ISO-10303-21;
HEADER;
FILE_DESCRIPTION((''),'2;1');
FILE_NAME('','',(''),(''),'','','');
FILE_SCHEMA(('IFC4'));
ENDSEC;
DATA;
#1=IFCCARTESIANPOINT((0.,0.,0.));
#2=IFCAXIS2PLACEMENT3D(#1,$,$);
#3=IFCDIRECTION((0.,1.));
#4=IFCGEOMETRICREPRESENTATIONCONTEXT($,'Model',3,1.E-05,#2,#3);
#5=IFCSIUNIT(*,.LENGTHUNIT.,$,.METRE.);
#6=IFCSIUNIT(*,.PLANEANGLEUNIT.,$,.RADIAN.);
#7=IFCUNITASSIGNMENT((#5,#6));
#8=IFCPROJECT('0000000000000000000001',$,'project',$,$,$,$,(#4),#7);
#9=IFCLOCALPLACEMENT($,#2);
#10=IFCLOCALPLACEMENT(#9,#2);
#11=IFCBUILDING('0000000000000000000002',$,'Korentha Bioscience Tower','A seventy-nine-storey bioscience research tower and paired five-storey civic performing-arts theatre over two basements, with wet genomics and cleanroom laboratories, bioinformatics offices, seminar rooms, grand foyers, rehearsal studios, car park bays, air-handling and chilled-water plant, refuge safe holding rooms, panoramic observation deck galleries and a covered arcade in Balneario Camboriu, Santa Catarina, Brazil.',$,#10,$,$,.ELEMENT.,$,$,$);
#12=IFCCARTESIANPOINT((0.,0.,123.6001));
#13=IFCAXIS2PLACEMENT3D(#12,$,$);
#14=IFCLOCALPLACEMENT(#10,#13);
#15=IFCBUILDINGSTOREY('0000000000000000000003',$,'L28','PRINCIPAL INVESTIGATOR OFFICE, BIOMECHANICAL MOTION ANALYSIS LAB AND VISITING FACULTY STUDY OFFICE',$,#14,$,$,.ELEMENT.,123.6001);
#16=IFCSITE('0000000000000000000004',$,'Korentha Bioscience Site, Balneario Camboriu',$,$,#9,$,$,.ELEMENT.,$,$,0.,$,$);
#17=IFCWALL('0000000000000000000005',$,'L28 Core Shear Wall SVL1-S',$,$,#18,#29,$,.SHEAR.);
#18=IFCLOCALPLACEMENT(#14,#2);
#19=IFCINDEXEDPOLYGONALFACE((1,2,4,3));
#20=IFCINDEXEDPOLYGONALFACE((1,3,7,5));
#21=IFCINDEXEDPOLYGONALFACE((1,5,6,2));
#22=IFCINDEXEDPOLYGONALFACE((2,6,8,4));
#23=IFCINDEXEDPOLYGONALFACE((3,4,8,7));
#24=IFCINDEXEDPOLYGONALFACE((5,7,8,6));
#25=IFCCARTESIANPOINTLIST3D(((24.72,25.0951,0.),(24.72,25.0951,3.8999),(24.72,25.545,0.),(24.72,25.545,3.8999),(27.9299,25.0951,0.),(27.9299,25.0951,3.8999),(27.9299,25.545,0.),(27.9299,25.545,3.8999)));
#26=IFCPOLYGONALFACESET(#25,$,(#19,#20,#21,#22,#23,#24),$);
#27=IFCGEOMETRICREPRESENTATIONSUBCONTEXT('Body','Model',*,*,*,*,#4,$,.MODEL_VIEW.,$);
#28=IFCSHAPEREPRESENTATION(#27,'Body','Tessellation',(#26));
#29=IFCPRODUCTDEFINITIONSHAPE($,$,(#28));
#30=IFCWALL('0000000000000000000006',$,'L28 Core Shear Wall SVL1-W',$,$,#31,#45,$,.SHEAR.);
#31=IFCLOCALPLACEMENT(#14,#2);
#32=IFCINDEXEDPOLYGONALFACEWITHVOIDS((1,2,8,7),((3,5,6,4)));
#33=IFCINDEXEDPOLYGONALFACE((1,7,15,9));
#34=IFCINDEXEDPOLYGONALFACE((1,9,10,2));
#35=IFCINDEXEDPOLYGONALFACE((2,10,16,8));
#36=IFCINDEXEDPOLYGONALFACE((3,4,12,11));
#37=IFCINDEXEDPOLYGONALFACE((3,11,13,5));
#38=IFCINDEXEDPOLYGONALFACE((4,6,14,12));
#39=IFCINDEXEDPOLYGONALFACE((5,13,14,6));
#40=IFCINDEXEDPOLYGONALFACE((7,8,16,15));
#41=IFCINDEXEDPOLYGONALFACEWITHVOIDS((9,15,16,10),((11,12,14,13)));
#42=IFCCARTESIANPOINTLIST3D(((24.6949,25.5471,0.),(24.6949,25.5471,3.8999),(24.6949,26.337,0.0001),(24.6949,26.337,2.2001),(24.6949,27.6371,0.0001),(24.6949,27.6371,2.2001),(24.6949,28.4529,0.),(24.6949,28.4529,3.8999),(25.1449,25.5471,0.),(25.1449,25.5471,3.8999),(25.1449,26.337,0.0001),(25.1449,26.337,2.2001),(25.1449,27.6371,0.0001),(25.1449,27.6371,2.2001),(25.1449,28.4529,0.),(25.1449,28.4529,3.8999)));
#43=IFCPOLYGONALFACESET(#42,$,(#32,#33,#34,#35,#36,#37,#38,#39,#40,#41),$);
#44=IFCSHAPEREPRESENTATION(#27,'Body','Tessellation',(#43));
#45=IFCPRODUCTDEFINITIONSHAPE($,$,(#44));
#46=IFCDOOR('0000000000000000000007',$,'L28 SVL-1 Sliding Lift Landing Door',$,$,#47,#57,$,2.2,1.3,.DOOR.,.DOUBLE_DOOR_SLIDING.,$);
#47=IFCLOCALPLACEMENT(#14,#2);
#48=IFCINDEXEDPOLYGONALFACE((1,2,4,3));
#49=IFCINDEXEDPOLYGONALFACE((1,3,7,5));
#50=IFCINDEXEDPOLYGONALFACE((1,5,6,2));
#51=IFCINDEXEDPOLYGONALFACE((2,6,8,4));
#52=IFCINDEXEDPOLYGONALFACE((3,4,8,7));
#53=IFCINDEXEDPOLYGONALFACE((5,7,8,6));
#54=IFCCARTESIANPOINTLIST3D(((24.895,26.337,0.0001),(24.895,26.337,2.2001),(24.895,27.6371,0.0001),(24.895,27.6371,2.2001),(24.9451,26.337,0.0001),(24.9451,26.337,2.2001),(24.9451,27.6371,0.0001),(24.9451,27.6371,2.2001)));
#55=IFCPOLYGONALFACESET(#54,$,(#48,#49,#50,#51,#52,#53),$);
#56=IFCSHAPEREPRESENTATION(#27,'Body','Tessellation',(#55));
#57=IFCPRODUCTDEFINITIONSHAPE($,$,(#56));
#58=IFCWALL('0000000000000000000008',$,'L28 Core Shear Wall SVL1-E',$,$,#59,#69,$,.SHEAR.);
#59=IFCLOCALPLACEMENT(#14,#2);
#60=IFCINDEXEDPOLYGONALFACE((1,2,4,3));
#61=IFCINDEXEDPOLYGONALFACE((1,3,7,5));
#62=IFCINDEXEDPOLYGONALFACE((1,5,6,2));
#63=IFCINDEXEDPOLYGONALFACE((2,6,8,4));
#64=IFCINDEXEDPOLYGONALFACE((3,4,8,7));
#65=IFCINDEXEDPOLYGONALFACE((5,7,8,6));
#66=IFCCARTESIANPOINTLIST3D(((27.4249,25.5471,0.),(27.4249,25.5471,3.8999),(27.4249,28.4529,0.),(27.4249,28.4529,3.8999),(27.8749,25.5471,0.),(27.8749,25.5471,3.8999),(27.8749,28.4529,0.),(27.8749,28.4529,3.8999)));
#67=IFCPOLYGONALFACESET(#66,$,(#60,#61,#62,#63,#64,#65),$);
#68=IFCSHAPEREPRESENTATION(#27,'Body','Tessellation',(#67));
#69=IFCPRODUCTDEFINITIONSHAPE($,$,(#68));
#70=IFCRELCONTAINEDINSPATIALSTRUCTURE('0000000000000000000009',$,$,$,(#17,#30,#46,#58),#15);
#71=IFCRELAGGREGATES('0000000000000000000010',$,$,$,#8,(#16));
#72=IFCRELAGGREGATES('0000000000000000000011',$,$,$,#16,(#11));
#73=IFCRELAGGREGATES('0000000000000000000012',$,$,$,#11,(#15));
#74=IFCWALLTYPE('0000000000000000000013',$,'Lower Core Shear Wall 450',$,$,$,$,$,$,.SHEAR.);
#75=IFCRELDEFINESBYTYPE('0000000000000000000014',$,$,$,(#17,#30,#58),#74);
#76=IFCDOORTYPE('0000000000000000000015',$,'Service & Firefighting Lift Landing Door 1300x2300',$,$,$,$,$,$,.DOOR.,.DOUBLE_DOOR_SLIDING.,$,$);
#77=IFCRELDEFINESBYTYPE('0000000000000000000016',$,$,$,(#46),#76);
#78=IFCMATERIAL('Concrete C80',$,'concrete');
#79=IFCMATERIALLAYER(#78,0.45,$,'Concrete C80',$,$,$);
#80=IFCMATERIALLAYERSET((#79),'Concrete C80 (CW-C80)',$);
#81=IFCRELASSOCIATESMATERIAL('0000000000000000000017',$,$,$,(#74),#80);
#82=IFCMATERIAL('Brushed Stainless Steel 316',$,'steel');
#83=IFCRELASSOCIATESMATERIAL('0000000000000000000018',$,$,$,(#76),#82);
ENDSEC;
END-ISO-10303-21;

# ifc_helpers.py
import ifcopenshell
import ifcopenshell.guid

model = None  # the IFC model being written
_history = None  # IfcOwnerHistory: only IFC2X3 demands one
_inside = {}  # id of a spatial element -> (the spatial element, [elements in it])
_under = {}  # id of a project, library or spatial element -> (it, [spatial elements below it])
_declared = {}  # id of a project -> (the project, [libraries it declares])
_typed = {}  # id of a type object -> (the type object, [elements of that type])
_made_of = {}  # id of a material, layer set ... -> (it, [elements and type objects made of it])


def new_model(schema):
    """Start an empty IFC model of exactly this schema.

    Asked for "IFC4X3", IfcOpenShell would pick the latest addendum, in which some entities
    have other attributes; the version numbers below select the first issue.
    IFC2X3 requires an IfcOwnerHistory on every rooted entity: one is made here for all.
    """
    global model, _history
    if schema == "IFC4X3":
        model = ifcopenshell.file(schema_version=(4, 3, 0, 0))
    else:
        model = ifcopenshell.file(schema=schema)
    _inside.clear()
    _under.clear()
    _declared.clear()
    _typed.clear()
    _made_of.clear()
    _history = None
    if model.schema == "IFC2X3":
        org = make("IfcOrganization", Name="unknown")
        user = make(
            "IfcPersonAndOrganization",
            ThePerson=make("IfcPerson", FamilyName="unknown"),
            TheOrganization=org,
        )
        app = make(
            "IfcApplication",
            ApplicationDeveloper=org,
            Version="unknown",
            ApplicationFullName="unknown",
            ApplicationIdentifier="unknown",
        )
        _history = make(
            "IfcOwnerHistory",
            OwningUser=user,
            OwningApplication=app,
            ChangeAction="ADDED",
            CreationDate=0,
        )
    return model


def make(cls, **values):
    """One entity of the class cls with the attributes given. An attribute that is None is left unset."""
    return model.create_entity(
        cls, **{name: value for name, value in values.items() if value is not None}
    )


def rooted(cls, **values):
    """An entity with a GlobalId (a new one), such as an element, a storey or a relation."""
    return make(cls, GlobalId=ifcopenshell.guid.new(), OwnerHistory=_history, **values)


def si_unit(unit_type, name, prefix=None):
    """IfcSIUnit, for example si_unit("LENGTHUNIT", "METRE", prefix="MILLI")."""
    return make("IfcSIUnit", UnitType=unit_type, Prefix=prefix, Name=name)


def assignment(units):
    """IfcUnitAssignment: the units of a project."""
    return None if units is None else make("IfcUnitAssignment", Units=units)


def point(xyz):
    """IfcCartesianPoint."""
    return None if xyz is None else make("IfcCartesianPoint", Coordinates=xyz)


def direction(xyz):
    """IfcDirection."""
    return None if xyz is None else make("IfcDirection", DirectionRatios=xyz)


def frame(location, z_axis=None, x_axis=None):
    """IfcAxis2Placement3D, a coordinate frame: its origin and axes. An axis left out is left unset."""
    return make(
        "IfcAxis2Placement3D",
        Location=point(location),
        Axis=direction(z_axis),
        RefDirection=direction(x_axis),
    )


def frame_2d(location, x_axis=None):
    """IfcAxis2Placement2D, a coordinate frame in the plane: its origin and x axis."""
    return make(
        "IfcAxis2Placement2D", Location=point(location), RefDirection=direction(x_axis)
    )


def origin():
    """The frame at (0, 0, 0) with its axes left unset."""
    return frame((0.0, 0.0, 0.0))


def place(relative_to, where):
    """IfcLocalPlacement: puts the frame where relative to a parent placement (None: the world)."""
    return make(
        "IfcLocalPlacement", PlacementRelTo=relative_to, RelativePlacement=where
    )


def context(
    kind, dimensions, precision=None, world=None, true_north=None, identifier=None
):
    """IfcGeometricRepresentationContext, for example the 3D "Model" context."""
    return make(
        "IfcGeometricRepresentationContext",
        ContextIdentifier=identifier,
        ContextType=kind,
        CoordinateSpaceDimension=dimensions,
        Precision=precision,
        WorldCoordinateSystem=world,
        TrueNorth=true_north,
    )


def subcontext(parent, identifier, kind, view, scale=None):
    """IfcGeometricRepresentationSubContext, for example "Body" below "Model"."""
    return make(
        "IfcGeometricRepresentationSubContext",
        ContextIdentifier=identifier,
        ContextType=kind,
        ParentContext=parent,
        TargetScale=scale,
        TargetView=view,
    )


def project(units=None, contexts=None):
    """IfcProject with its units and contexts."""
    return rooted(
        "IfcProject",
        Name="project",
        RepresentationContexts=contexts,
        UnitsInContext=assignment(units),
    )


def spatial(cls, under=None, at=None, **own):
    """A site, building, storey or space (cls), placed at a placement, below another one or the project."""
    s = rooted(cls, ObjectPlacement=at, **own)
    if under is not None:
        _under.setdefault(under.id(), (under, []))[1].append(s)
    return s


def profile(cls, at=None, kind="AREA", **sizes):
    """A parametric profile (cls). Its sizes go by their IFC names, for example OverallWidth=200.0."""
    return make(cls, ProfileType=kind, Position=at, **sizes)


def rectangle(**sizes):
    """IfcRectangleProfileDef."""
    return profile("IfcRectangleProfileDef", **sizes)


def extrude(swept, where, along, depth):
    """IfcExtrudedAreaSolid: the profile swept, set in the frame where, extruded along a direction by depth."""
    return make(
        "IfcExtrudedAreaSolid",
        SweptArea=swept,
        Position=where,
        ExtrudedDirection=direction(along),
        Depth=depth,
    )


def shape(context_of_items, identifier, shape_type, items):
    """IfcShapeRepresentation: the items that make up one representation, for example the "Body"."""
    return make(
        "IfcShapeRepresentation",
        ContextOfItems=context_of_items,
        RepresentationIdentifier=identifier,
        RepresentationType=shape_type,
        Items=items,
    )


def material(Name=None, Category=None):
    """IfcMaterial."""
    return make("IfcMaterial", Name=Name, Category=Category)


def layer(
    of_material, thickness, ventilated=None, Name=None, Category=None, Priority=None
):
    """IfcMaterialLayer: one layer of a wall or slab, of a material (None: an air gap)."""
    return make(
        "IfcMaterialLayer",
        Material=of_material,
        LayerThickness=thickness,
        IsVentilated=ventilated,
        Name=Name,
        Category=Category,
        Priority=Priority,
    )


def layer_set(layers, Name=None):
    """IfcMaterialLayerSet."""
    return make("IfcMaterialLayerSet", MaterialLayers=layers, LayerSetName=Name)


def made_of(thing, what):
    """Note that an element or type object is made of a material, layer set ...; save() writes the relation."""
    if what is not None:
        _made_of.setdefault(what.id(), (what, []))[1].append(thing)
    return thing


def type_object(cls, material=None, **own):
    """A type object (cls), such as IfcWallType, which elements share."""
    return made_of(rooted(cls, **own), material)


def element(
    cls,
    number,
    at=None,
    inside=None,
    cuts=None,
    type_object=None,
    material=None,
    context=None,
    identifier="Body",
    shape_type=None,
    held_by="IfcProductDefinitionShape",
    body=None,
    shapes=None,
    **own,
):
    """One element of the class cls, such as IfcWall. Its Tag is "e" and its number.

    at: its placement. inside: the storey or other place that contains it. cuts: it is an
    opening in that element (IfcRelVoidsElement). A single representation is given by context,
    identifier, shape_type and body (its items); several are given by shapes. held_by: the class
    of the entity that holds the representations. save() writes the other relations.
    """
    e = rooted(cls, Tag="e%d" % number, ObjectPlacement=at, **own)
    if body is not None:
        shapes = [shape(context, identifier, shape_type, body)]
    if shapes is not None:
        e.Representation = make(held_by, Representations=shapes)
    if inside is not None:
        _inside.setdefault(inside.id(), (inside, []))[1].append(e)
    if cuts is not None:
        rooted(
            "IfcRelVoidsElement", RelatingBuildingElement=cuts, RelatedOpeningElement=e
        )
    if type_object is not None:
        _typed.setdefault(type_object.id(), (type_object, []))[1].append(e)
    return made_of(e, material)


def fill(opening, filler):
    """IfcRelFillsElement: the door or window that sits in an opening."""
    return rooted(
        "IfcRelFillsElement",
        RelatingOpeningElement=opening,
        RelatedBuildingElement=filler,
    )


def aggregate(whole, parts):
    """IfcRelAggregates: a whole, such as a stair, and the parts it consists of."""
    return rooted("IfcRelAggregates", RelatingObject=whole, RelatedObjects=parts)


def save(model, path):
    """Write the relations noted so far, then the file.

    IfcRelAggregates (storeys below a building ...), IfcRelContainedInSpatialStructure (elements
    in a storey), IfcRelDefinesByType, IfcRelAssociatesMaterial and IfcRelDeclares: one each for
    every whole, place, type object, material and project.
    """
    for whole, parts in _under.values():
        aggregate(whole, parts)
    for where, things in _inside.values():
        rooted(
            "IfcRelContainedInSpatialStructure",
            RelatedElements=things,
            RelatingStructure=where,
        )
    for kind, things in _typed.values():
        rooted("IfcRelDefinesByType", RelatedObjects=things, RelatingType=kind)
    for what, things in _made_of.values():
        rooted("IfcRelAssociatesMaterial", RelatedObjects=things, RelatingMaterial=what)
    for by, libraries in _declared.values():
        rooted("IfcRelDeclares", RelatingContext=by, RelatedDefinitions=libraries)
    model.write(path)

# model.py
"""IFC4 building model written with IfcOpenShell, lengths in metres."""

from ifc_helpers import new_model, si_unit, direction, frame, frame_2d, origin, place, context, subcontext, project, spatial, rectangle, extrude, material, layer, layer_set, type_object, element, fill, save


model = new_model("IFC4")

# Units and contexts
model_context = context("Model", 3, precision=1e-05, world=origin(), true_north=direction((0.0, 1.0)))
body_context = subcontext(model_context, "Body", "Model", "MODEL_VIEW")
ifc_project = project(units=[si_unit("LENGTHUNIT", "METRE"), si_unit("PLANEANGLEUNIT", "RADIAN")], contexts=[model_context])

# Site, building, storey
site_placement = place(None, origin())
site = spatial("IfcSite", under=ifc_project, at=site_placement, Name="Korentha Bioscience Site, Balneario Camboriu", CompositionType="ELEMENT", RefElevation=0.0)
building_placement = place(site_placement, origin())
building = spatial("IfcBuilding", under=site, at=building_placement, Name="Korentha Bioscience Tower", Description="A seventy-nine-storey bioscience research tower and paired five-storey civic performing-arts theatre over two basements, with wet genomics and cleanroom laboratories, bioinformatics offices, seminar rooms, grand foyers, rehearsal studios, car park bays, air-handling and chilled-water plant, refuge safe holding rooms, panoramic observation deck galleries and a covered arcade in Balneario Camboriu, Santa Catarina, Brazil.", CompositionType="ELEMENT")
storey_placement = place(building_placement, frame((0.0, 0.0, 123.6001)))
storey = spatial("IfcBuildingStorey", under=building, at=storey_placement, Name="L28", Description="PRINCIPAL INVESTIGATOR OFFICE, BIOMECHANICAL MOTION ANALYSIS LAB AND VISITING FACULTY STUDY OFFICE", CompositionType="ELEMENT", Elevation=123.6001)

# Shared definitions
ifc_material_1 = material(Name="Concrete C80", Category="concrete")

# Shared definitions
ifc_layer_1 = layer(ifc_material_1, 0.45, Name="Concrete C80")
ifc_layer_set_1 = layer_set([ifc_layer_1], Name="Concrete C80 (CW-C80)")
wall_type_1 = type_object("IfcWallType", Name="Lower Core Shear Wall 450", PredefinedType="SHEAR", material=ifc_layer_set_1)

# Shared definitions
ifc_material_2 = material(Name="Brushed Stainless Steel 316", Category="steel")
door_type_1 = type_object("IfcDoorType", Name="Service & Firefighting Lift Landing Door 1300x2300", OperationType="DOUBLE_DOOR_SLIDING", PredefinedType="DOOR", material=ifc_material_2)

# Wall
wall_1_placement = place(storey_placement, frame((24.72, 25.3201, 0.0), z_axis=(0.0, 0.0, 1.0), x_axis=(1.0, 0.0, 0.0)))
element("IfcWall", 1, at=wall_1_placement, inside=storey, type_object=wall_type_1, Name="L28 Core Shear Wall SVL1-S", PredefinedType="SHEAR", context=body_context, shape_type="SweptSolid", body=[
    extrude(rectangle(XDim=3.21, YDim=0.45, at=frame_2d((1.605, 0.0))), origin(), (0.0, 0.0, 1.0), 3.8999),
])

# Wall, opening, door
wall_2_placement = place(storey_placement, frame((24.9199, 25.5471, 0.0), z_axis=(0.0, 0.0, 1.0), x_axis=(0.0, 1.0, 0.0)))
wall_2 = element("IfcWall", 2, at=wall_2_placement, inside=storey, type_object=wall_type_1, Name="L28 Core Shear Wall SVL1-W", PredefinedType="SHEAR", context=body_context, shape_type="SweptSolid", body=[
    extrude(rectangle(XDim=2.9058, YDim=0.45, at=frame_2d((1.4529, 0.0))), origin(), (0.0, 0.0, 1.0), 3.8999),
])
opening_1_placement = place(wall_2_placement, frame((0.79, 0.0, 0.0)))
opening_1 = element("IfcOpeningElement", 3, at=opening_1_placement, cuts=wall_2, PredefinedType="OPENING", context=body_context, shape_type="SweptSolid", body=[
    extrude(rectangle(XDim=1.3, YDim=2.2, at=frame_2d((0.6499, 1.1001))), frame((0.0, 0.2397, 0.0), z_axis=(0.0, -1.0, 0.0), x_axis=(1.0, 0.0, 0.0)), (0.0, 0.0, 1.0), 0.4797),
])
door_1_placement = place(opening_1_placement, origin())
door_1 = element("IfcDoor", 4, at=door_1_placement, inside=storey, type_object=door_type_1, Name="L28 SVL-1 Sliding Lift Landing Door", OperationType="DOUBLE_DOOR_SLIDING", OverallHeight=2.2, OverallWidth=1.3, PredefinedType="DOOR", context=body_context, shape_type="SweptSolid", body=[
    extrude(rectangle(XDim=1.3, YDim=2.2, at=frame_2d((0.6499, 1.1001))), frame((0.0, 0.0249, 0.0), z_axis=(0.0, -1.0, 0.0), x_axis=(1.0, 0.0, 0.0)), (0.0, 0.0, 1.0), 0.05),
])
fill(opening_1, door_1)

# Wall
wall_3_placement = place(storey_placement, frame((27.6499, 25.5471, 0.0), z_axis=(0.0, 0.0, 1.0), x_axis=(0.0, 1.0, 0.0)))
element("IfcWall", 5, at=wall_3_placement, inside=storey, type_object=wall_type_1, Name="L28 Core Shear Wall SVL1-E", PredefinedType="SHEAR", context=body_context, shape_type="SweptSolid", body=[
    extrude(rectangle(XDim=2.9058, YDim=0.45, at=frame_2d((1.4529, 0.0))), origin(), (0.0, 0.0, 1.0), 3.8999),
])

save(model, "model.ifc")
